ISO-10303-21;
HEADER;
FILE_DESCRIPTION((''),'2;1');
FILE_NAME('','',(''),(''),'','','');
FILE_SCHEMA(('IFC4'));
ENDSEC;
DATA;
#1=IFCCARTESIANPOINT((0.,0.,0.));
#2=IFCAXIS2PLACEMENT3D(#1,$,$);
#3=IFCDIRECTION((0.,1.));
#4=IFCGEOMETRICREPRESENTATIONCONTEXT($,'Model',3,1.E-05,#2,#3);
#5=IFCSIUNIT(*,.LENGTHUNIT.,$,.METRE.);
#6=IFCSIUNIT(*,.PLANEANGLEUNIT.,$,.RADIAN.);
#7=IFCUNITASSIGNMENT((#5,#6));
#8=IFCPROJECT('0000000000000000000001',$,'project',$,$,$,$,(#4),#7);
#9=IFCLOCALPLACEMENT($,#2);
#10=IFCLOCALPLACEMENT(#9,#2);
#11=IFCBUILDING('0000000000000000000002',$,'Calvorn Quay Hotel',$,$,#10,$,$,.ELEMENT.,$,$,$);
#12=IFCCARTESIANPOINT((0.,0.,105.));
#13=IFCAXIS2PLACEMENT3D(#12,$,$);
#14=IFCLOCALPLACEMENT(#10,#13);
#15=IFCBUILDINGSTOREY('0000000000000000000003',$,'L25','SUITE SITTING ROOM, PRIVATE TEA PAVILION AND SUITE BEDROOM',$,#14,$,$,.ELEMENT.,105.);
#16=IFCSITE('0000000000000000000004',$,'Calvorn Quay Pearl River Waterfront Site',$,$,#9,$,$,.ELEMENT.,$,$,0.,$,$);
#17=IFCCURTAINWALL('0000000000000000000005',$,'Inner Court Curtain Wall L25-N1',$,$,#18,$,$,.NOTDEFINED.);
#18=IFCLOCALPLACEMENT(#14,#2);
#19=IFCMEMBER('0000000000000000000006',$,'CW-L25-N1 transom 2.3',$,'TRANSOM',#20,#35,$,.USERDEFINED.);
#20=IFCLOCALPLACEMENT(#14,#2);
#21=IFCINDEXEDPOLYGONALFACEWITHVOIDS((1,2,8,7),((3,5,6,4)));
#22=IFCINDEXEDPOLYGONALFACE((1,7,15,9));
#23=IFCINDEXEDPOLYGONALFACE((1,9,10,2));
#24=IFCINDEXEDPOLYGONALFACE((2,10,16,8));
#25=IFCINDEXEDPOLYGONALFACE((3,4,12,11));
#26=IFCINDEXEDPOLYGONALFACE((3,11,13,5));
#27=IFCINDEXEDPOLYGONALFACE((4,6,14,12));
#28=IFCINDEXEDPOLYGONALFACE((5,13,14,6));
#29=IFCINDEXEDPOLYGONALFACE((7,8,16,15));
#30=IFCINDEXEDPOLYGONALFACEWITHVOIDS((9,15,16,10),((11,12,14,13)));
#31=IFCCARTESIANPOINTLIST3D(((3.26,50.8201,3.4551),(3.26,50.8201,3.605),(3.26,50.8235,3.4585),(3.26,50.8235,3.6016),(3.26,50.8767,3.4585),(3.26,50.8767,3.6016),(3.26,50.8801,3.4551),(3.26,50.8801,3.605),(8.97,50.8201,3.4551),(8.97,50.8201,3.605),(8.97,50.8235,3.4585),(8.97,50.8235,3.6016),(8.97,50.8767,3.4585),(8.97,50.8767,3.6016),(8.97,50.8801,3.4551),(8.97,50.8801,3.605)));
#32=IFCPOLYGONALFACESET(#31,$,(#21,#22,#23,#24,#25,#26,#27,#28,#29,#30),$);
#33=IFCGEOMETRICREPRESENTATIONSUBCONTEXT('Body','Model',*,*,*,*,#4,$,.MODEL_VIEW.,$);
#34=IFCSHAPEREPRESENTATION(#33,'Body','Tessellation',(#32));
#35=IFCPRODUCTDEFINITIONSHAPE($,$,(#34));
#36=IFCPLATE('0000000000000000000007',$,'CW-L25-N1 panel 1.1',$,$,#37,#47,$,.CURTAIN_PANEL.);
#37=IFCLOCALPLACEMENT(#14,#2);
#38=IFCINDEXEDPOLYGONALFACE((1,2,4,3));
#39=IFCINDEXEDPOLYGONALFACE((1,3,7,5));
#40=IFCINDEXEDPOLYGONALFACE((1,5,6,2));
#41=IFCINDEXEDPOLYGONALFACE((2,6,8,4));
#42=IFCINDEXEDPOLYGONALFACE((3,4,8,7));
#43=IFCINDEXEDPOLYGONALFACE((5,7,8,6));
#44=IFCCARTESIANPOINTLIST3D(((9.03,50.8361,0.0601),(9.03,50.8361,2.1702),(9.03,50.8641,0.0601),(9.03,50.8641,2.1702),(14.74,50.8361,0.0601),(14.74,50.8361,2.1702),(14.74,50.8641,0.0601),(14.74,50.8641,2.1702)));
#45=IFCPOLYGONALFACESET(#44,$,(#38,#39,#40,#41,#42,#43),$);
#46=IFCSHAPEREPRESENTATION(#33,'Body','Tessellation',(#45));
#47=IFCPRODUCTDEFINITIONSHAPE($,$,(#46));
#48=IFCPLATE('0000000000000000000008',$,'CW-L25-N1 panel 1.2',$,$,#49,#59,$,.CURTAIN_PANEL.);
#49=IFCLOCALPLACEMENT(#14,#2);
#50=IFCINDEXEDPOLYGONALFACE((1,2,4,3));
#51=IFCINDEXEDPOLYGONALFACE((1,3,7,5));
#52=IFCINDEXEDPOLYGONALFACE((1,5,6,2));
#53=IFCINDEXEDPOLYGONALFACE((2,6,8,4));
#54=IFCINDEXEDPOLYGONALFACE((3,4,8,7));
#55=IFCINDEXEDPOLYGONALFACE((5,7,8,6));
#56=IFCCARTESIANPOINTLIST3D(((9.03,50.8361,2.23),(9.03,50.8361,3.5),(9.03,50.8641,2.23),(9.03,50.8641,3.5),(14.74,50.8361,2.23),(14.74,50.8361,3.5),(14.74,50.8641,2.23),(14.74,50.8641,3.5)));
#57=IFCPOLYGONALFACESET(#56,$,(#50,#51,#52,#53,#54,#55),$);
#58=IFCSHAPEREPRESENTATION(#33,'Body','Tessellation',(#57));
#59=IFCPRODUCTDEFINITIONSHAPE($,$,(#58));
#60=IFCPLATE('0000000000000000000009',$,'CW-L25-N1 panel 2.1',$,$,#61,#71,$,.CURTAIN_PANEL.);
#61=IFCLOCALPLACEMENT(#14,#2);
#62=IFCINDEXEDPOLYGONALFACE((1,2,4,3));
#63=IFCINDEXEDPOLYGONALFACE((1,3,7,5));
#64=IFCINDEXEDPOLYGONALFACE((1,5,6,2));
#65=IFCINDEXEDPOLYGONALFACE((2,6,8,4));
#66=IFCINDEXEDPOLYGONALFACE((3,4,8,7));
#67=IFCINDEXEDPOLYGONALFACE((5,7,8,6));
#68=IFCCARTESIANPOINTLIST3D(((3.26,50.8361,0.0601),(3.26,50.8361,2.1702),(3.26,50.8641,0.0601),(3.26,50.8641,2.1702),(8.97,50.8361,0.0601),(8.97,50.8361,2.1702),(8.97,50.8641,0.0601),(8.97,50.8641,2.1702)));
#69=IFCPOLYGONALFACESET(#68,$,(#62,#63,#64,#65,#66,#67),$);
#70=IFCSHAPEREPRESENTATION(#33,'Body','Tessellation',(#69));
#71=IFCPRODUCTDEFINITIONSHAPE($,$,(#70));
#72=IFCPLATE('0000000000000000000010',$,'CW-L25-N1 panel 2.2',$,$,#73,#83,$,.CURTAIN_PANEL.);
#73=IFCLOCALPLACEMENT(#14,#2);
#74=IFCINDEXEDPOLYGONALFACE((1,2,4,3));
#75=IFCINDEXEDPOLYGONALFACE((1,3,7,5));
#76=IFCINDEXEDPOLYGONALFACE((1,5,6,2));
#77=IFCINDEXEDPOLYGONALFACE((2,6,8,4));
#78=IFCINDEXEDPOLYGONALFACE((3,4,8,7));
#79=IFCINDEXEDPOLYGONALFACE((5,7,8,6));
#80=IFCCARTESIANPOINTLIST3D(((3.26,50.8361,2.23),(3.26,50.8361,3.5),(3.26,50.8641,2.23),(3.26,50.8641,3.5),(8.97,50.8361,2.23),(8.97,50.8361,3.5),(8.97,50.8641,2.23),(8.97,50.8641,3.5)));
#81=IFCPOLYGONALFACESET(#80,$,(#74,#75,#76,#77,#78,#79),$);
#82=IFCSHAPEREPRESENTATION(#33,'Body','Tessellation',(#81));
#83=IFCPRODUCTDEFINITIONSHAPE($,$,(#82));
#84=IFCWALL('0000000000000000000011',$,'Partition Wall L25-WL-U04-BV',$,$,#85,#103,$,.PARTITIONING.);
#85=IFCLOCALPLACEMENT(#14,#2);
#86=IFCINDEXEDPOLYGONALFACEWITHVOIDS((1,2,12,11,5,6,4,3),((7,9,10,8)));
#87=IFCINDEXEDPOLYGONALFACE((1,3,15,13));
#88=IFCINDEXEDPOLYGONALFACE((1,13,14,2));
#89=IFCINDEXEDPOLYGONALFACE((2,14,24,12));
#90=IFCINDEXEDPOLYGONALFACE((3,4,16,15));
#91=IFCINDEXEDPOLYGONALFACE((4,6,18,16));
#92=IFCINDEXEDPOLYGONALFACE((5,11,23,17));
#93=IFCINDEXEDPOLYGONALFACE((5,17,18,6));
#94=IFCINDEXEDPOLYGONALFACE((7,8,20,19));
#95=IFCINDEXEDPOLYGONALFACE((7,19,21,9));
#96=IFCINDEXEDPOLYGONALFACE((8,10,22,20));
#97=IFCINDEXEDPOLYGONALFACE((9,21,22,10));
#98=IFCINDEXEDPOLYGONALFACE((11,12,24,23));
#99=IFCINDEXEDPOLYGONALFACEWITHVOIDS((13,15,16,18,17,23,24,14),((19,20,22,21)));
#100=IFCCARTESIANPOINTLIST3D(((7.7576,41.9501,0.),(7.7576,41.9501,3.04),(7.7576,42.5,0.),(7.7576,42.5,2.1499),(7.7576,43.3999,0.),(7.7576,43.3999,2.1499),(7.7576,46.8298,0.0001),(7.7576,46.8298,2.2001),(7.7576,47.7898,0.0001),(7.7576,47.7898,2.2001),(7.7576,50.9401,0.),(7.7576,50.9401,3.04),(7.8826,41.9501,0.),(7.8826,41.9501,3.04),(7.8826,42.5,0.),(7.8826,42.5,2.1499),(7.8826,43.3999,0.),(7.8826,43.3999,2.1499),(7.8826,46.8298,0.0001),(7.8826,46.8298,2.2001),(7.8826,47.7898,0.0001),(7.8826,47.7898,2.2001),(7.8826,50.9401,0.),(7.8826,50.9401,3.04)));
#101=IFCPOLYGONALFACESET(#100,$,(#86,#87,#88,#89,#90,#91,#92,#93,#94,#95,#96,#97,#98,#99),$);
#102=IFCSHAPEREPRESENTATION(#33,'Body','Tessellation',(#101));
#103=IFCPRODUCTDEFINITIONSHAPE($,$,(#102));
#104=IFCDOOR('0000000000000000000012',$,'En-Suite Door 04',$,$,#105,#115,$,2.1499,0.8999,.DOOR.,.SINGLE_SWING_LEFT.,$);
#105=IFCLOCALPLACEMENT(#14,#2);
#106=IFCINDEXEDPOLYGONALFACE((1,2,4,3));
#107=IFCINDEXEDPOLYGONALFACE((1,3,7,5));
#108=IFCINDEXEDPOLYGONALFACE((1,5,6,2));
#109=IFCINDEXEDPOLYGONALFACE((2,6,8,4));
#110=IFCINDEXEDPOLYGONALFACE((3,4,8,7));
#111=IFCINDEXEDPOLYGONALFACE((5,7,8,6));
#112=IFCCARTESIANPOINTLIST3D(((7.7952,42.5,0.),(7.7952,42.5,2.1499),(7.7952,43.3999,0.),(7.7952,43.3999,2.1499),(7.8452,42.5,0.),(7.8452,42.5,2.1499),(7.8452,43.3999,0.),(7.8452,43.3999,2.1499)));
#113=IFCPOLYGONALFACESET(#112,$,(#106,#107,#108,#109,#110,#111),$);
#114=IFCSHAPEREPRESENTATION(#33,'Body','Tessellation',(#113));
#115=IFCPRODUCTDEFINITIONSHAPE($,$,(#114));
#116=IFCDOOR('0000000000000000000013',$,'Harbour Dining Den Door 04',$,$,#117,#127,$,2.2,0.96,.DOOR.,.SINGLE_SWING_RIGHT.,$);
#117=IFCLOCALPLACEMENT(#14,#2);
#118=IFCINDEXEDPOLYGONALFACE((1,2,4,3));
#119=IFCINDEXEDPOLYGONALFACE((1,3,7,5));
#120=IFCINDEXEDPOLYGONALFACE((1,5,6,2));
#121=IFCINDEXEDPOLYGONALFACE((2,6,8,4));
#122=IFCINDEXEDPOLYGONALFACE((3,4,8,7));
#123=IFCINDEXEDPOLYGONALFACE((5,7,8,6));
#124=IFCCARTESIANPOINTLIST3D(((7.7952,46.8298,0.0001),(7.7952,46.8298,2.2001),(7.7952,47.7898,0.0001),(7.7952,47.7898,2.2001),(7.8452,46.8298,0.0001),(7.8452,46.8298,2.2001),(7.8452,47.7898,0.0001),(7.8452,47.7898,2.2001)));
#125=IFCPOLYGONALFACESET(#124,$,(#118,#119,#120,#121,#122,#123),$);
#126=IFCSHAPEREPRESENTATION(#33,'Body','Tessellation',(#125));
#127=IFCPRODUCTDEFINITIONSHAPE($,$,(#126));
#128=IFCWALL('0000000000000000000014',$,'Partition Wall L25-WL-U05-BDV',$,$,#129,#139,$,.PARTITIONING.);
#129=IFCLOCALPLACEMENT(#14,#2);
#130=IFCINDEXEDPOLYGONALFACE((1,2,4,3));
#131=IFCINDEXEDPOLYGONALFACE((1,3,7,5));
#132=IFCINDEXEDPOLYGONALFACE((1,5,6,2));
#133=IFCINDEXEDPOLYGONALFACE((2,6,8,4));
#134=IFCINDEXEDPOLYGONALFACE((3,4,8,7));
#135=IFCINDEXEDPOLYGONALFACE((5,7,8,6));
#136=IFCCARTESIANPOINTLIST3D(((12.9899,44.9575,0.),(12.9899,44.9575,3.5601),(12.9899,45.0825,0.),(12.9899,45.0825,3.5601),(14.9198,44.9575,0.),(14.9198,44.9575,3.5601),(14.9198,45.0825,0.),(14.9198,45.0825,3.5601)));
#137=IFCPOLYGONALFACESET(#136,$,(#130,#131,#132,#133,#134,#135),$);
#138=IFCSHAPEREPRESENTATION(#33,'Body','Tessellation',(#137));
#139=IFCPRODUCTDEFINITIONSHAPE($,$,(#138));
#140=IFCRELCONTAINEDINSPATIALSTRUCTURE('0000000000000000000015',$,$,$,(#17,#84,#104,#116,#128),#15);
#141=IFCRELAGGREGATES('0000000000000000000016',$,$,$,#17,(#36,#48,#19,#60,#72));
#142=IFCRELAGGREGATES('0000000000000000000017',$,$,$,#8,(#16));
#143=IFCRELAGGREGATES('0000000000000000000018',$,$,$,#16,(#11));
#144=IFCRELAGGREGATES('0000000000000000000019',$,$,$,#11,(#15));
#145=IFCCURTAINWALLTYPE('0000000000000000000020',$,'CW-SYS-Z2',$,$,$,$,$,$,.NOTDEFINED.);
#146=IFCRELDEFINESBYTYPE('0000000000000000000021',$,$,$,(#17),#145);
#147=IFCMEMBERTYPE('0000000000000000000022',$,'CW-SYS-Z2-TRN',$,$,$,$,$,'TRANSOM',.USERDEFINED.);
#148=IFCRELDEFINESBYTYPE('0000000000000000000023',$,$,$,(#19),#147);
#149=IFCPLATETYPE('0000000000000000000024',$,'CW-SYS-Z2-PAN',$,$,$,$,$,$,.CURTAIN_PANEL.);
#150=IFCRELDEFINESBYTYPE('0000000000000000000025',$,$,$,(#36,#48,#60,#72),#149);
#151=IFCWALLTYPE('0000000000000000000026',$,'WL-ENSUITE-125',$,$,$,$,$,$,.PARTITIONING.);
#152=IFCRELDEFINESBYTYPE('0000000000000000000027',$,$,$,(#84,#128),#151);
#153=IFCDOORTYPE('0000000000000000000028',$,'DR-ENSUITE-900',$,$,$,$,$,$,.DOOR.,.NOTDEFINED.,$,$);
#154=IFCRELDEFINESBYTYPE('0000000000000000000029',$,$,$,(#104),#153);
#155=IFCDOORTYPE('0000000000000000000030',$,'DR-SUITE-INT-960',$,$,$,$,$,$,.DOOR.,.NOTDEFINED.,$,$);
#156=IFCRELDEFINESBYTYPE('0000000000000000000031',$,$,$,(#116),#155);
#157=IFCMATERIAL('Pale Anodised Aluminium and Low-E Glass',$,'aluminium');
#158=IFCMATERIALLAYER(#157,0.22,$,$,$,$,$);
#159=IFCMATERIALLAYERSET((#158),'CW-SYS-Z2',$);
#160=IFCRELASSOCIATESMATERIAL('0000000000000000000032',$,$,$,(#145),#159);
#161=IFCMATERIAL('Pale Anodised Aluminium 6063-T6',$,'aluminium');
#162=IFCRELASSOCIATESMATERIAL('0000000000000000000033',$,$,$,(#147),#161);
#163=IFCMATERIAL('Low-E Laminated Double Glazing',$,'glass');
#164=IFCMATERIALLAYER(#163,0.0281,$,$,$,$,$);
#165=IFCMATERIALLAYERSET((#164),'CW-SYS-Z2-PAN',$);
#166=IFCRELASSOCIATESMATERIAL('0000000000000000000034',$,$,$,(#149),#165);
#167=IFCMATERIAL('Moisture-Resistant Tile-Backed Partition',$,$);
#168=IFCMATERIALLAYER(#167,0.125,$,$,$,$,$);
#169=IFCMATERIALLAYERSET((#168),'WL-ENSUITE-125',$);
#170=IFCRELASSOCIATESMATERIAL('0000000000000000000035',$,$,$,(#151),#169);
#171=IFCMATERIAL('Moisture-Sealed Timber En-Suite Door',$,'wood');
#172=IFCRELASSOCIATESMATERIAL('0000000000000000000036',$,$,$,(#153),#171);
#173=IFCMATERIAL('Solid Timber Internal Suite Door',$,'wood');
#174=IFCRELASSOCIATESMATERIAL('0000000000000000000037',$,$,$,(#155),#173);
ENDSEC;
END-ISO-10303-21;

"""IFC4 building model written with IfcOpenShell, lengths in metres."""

from ifc_helpers import new_model, si_unit, direction, frame, frame_2d, origin, origin_2d, place, context, subcontext, project, spatial, rectangle, hollow_rectangle, extrude, material, layer, layer_set, material_profile, profile_set, type_object, element, fill, aggregate, save


model = new_model("IFC4")

# Units and contexts
model_context = context("Model", 3, precision=1e-05, world=origin(), true_north=direction((0.0, 1.0)))
body_context = subcontext(model_context, "Body", "Model", "MODEL_VIEW")
ifc_project = project(units=[si_unit("LENGTHUNIT", "METRE"), si_unit("PLANEANGLEUNIT", "RADIAN")], contexts=[model_context])

# Site, building, storey
site_placement = place(None, origin())
site = spatial("IfcSite", under=ifc_project, at=site_placement, Name="Calvorn Quay Pearl River Waterfront Site", CompositionType="ELEMENT", RefElevation=0.0)
building_placement = place(site_placement, origin())
building = spatial("IfcBuilding", under=site, at=building_placement, Name="Calvorn Quay Hotel", CompositionType="ELEMENT")
storey_placement = place(building_placement, frame((0.0, 0.0, 105.0)))
storey = spatial("IfcBuildingStorey", under=building, at=storey_placement, Name="L25", Description="SUITE SITTING ROOM, PRIVATE TEA PAVILION AND SUITE BEDROOM", CompositionType="ELEMENT", Elevation=105.0)

# Curtain wall, member, plates
ifc_material_1 = material(Name="Pale Anodised Aluminium and Low-E Glass", Category="aluminium")
ifc_layer_1 = layer(ifc_material_1, 0.22)
ifc_layer_set_1 = layer_set([ifc_layer_1], Name="CW-SYS-Z2")
curtain_wall_type = type_object("IfcCurtainWallType", Name="CW-SYS-Z2", PredefinedType="NOTDEFINED", material=ifc_layer_set_1)
curtain_wall_placement = place(storey_placement, origin())
curtain_wall = element("IfcCurtainWall", 1, at=curtain_wall_placement, inside=storey, type_object=curtain_wall_type, Name="Inner Court Curtain Wall L25-N1", PredefinedType="NOTDEFINED")
ifc_material_2 = material(Name="Pale Anodised Aluminium 6063-T6", Category="aluminium")
ifc_material_profile_1 = material_profile(ifc_material_2, hollow_rectangle(XDim=0.0601, YDim=0.1499, WallThickness=0.0034, at=origin_2d()), Name="ALU-T150x60x3.5")
ifc_profile_set_1 = profile_set([ifc_material_profile_1], Name="Pale Anodised Aluminium 6063-T6")
member_type_1 = type_object("IfcMemberType", Name="CW-SYS-Z2-TRN", ElementType="TRANSOM", PredefinedType="USERDEFINED", material=ifc_profile_set_1)
member_1_placement = place(storey_placement, frame((8.97, 50.8501, 3.53), z_axis=(-1.0, 0.0, 0.0), x_axis=(0.0, -1.0, 0.0)))
member_1 = element("IfcMember", 2, at=member_1_placement, type_object=member_type_1, Name="CW-L25-N1 transom 2.3", ObjectType="TRANSOM", PredefinedType="USERDEFINED", context=body_context, shape_type="SweptSolid", body=[
    extrude(hollow_rectangle(XDim=0.0601, YDim=0.1499, WallThickness=0.0034, at=origin_2d()), origin(), (0.0, 0.0, 1.0), 5.71),
])
ifc_material_3 = material(Name="Low-E Laminated Double Glazing", Category="glass")
ifc_layer_2 = layer(ifc_material_3, 0.0281)
ifc_layer_set_2 = layer_set([ifc_layer_2], Name="CW-SYS-Z2-PAN")
plate_type = type_object("IfcPlateType", Name="CW-SYS-Z2-PAN", PredefinedType="CURTAIN_PANEL", material=ifc_layer_set_2)
plate_1_placement = place(storey_placement, frame((11.885, 50.8501, 0.0601), z_axis=(0.0, 0.0, 1.0), x_axis=(-1.0, 0.0, 0.0)))
plate_1 = element("IfcPlate", 3, at=plate_1_placement, type_object=plate_type, Name="CW-L25-N1 panel 1.1", PredefinedType="CURTAIN_PANEL", context=body_context, shape_type="SweptSolid", body=[
    extrude(rectangle(XDim=5.71, YDim=0.0281, at=origin_2d()), origin(), (0.0, 0.0, 1.0), 2.1101),
])
plate_2_placement = place(storey_placement, frame((11.885, 50.8501, 2.23), z_axis=(0.0, 0.0, 1.0), x_axis=(-1.0, 0.0, 0.0)))
plate_2 = element("IfcPlate", 4, at=plate_2_placement, type_object=plate_type, Name="CW-L25-N1 panel 1.2", PredefinedType="CURTAIN_PANEL", context=body_context, shape_type="SweptSolid", body=[
    extrude(rectangle(XDim=5.71, YDim=0.0281, at=origin_2d()), origin(), (0.0, 0.0, 1.0), 1.27),
])
plate_3_placement = place(storey_placement, frame((6.115, 50.8501, 0.0601), z_axis=(0.0, 0.0, 1.0), x_axis=(-1.0, 0.0, 0.0)))
plate_3 = element("IfcPlate", 5, at=plate_3_placement, type_object=plate_type, Name="CW-L25-N1 panel 2.1", PredefinedType="CURTAIN_PANEL", context=body_context, shape_type="SweptSolid", body=[
    extrude(rectangle(XDim=5.71, YDim=0.0281, at=origin_2d()), origin(), (0.0, 0.0, 1.0), 2.1101),
])
plate_4_placement = place(storey_placement, frame((6.115, 50.8501, 2.23), z_axis=(0.0, 0.0, 1.0), x_axis=(-1.0, 0.0, 0.0)))
plate_4 = element("IfcPlate", 6, at=plate_4_placement, type_object=plate_type, Name="CW-L25-N1 panel 2.2", PredefinedType="CURTAIN_PANEL", context=body_context, shape_type="SweptSolid", body=[
    extrude(rectangle(XDim=5.71, YDim=0.0281, at=origin_2d()), origin(), (0.0, 0.0, 1.0), 1.27),
])
aggregate(curtain_wall, [plate_1, plate_2, member_1, plate_3, plate_4])

# Shared definitions
ifc_material_4 = material(Name="Moisture-Resistant Tile-Backed Partition")
ifc_layer_3 = layer(ifc_material_4, 0.125)
ifc_layer_set_3 = layer_set([ifc_layer_3], Name="WL-ENSUITE-125")
wall_type_1 = type_object("IfcWallType", Name="WL-ENSUITE-125", PredefinedType="PARTITIONING", material=ifc_layer_set_3)

# Wall, openings, doors
wall_1_placement = place(storey_placement, frame((7.8201, 41.95, 0.0), z_axis=(0.0, 0.0, 1.0), x_axis=(0.0, 1.0, 0.0)))
wall_1 = element("IfcWall", 7, at=wall_1_placement, inside=storey, type_object=wall_type_1, Name="Partition Wall L25-WL-U04-BV", PredefinedType="PARTITIONING", context=body_context, shape_type="SweptSolid", body=[
    extrude(rectangle(XDim=8.99, YDim=0.125, at=frame_2d((4.4951, 0.0))), origin(), (0.0, 0.0, 1.0), 3.04),
])
opening_1_placement = place(wall_1_placement, frame((0.55, 0.0, 0.0)))
opening_1 = element("IfcOpeningElement", 8, at=opening_1_placement, cuts=wall_1, PredefinedType="OPENING", context=body_context, shape_type="SweptSolid", body=[
    extrude(rectangle(XDim=0.8999, YDim=2.1499, at=frame_2d((0.45, 1.075))), frame((0.0, 0.0725, 0.0), z_axis=(0.0, -1.0, 0.0), x_axis=(1.0, 0.0, 0.0)), (0.0, 0.0, 1.0), 0.145),
])
opening_2_placement = place(wall_1_placement, frame((4.8799, 0.0, 0.0)))
opening_2 = element("IfcOpeningElement", 9, at=opening_2_placement, cuts=wall_1, PredefinedType="OPENING", context=body_context, shape_type="SweptSolid", body=[
    extrude(rectangle(XDim=0.96, YDim=2.2, at=frame_2d((0.48, 1.1001))), frame((0.0, 0.0725, 0.0), z_axis=(0.0, -1.0, 0.0), x_axis=(1.0, 0.0, 0.0)), (0.0, 0.0, 1.0), 0.145),
])
ifc_material_5 = material(Name="Moisture-Sealed Timber En-Suite Door", Category="wood")
door_type_1 = type_object("IfcDoorType", Name="DR-ENSUITE-900", OperationType="NOTDEFINED", PredefinedType="DOOR", material=ifc_material_5)
door_1_placement = place(opening_1_placement, origin())
door_1 = element("IfcDoor", 10, at=door_1_placement, inside=storey, type_object=door_type_1, Name="En-Suite Door 04", OperationType="SINGLE_SWING_LEFT", OverallHeight=2.1499, OverallWidth=0.8999, PredefinedType="DOOR", context=body_context, shape_type="SweptSolid", body=[
    extrude(rectangle(XDim=0.8999, YDim=2.1499, at=frame_2d((0.45, 1.075))), frame((0.0, 0.0249, 0.0), z_axis=(0.0, -1.0, 0.0), x_axis=(1.0, 0.0, 0.0)), (0.0, 0.0, 1.0), 0.05),
])
fill(opening_1, door_1)
ifc_material_6 = material(Name="Solid Timber Internal Suite Door", Category="wood")
door_type_2 = type_object("IfcDoorType", Name="DR-SUITE-INT-960", OperationType="NOTDEFINED", PredefinedType="DOOR", material=ifc_material_6)
door_2_placement = place(opening_2_placement, origin())
door_2 = element("IfcDoor", 11, at=door_2_placement, inside=storey, type_object=door_type_2, Name="Harbour Dining Den Door 04", OperationType="SINGLE_SWING_RIGHT", OverallHeight=2.2, OverallWidth=0.96, PredefinedType="DOOR", context=body_context, shape_type="SweptSolid", body=[
    extrude(rectangle(XDim=0.96, YDim=2.2, at=frame_2d((0.48, 1.1001))), frame((0.0, 0.0249, 0.0), z_axis=(0.0, -1.0, 0.0), x_axis=(1.0, 0.0, 0.0)), (0.0, 0.0, 1.0), 0.05),
])
fill(opening_2, door_2)

# Wall
wall_2_placement = place(storey_placement, frame((12.99, 45.02, 0.0), z_axis=(0.0, 0.0, 1.0), x_axis=(1.0, 0.0, 0.0)))
element("IfcWall", 12, at=wall_2_placement, inside=storey, type_object=wall_type_1, Name="Partition Wall L25-WL-U05-BDV", PredefinedType="PARTITIONING", context=body_context, shape_type="SweptSolid", body=[
    extrude(rectangle(XDim=1.9299, YDim=0.125, at=frame_2d((0.9648, 0.0))), origin(), (0.0, 0.0, 1.0), 3.5601),
])

save(model, "model.ifc")
